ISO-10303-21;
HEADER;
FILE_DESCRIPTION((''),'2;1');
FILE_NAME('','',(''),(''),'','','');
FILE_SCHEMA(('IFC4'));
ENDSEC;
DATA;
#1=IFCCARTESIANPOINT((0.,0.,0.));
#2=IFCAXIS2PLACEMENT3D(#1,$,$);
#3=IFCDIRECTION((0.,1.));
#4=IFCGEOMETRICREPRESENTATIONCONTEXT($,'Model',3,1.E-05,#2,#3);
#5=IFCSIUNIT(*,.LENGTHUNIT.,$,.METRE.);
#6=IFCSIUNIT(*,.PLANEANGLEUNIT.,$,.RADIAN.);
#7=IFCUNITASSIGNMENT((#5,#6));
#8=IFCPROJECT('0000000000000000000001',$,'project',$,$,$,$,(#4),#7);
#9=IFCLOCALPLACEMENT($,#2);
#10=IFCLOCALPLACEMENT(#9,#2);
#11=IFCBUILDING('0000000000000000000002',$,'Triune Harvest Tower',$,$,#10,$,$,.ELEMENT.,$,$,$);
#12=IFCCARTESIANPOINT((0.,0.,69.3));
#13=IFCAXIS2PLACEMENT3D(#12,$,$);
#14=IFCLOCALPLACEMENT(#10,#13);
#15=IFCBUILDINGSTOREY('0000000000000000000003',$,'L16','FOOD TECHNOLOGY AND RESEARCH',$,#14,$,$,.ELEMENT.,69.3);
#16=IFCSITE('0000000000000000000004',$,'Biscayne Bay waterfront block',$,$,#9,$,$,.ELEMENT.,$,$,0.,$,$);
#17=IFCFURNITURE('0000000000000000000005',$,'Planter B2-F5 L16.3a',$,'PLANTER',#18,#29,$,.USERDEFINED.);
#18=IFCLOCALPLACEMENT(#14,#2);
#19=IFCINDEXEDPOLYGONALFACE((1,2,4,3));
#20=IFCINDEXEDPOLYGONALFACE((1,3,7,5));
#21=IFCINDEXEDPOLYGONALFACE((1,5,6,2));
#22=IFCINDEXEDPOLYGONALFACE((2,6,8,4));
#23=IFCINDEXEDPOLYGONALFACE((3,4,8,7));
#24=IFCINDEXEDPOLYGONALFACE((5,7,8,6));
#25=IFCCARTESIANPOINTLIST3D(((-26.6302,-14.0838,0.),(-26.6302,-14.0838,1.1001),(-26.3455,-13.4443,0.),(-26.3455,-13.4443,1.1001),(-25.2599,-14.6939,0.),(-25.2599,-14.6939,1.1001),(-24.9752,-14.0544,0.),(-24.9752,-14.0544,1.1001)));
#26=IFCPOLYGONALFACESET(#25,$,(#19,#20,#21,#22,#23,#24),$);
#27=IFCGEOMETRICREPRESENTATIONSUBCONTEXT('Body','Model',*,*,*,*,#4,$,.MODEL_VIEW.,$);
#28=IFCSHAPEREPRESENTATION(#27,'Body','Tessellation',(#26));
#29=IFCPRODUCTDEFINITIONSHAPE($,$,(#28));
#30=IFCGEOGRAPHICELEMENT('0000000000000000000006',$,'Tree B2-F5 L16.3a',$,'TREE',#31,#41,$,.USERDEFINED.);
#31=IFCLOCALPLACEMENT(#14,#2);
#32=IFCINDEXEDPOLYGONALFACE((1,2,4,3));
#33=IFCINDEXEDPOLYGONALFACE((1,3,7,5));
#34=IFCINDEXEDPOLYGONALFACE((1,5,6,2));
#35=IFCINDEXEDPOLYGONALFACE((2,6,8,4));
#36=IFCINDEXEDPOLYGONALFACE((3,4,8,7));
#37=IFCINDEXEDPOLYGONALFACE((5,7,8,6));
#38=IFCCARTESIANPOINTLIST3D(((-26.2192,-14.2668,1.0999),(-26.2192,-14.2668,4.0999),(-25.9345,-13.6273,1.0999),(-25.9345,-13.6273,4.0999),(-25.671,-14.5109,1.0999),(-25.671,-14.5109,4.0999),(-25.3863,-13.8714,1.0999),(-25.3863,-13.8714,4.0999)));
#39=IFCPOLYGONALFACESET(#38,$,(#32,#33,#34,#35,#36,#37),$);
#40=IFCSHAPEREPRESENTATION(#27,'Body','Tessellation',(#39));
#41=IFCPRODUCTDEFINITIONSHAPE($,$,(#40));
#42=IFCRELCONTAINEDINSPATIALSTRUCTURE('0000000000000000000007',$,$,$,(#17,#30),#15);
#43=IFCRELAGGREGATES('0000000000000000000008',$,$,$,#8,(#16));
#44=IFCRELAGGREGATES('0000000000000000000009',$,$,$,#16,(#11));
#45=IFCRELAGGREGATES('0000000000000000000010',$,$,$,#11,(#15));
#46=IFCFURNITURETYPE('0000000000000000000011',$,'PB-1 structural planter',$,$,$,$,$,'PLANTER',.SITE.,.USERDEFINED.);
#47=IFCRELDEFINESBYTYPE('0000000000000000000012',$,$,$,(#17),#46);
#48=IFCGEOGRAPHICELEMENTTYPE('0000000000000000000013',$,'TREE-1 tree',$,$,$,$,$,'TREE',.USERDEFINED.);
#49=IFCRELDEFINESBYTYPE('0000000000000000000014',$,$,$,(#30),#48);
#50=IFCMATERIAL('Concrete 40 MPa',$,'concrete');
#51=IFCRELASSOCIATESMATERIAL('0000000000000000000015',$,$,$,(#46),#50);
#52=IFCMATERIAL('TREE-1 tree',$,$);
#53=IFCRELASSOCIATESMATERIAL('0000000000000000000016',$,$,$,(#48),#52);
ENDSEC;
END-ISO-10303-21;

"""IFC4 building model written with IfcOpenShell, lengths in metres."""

from ifc_helpers import new_model, si_unit, direction, frame, origin, origin_2d, place, context, subcontext, project, spatial, rectangle, extrude, source, transform, mapped, material, type_object, element, save


model = new_model("IFC4")

# Units and contexts
model_context = context("Model", 3, precision=1e-05, world=origin(), true_north=direction((0.0, 1.0)))
body_context = subcontext(model_context, "Body", "Model", "MODEL_VIEW")
ifc_project = project(units=[si_unit("LENGTHUNIT", "METRE"), si_unit("PLANEANGLEUNIT", "RADIAN")], contexts=[model_context])

# Site, building, storey
site_placement = place(None, origin())
site = spatial("IfcSite", under=ifc_project, at=site_placement, Name="Biscayne Bay waterfront block", CompositionType="ELEMENT", RefElevation=0.0)
building_placement = place(site_placement, origin())
building = spatial("IfcBuilding", under=site, at=building_placement, Name="Triune Harvest Tower", CompositionType="ELEMENT")
storey_placement = place(building_placement, frame((0.0, 0.0, 69.3)))
storey = spatial("IfcBuildingStorey", under=building, at=storey_placement, Name="L16", Description="FOOD TECHNOLOGY AND RESEARCH", CompositionType="ELEMENT", Elevation=69.3)

# Furniture
ifc_material_1 = material(Name="Concrete 40 MPa", Category="concrete")
furniture_type = type_object("IfcFurnitureType", Name="PB-1 structural planter", ElementType="PLANTER", AssemblyPlace="SITE", PredefinedType="USERDEFINED", material=ifc_material_1)
shared_shape_1 = source(origin(), body_context, "Body", "SweptSolid", [
    extrude(rectangle(XDim=1.5, YDim=0.7, at=origin_2d()), origin(), (0.0, 0.0, 1.0), 1.1001),
])
furniture_placement = place(storey_placement, frame((-25.8027, -14.0691, 0.0), z_axis=(0.0, 0.0, 1.0), x_axis=(0.913545, -0.406737, 0.0)))
element("IfcFurniture", 1, at=furniture_placement, inside=storey, type_object=furniture_type, Name="Planter B2-F5 L16.3a", ObjectType="PLANTER", PredefinedType="USERDEFINED", context=body_context, shape_type="MappedRepresentation", body=[
    mapped(shared_shape_1, transform((0.0, 0.0, 0.0), scale=1.0)),
])

# Geographic element
ifc_material_2 = material(Name="TREE-1 tree")
geographic_element_type = type_object("IfcGeographicElementType", Name="TREE-1 tree", ElementType="TREE", PredefinedType="USERDEFINED", material=ifc_material_2)
shared_shape_2 = source(origin(), body_context, "Body", "SweptSolid", [
    extrude(rectangle(XDim=0.6001, YDim=0.7, at=origin_2d()), origin(), (0.0, 0.0, 1.0), 3.0),
])
geographic_element_placement = place(storey_placement, frame((-25.8027, -14.0691, 1.0999), z_axis=(0.0, 0.0, 1.0), x_axis=(0.913545, -0.406737, 0.0)))
element("IfcGeographicElement", 2, at=geographic_element_placement, inside=storey, type_object=geographic_element_type, Name="Tree B2-F5 L16.3a", ObjectType="TREE", PredefinedType="USERDEFINED", context=body_context, shape_type="MappedRepresentation", body=[
    mapped(shared_shape_2, transform((0.0, 0.0, 0.0), scale=1.0)),
])

save(model, "model.ifc")
